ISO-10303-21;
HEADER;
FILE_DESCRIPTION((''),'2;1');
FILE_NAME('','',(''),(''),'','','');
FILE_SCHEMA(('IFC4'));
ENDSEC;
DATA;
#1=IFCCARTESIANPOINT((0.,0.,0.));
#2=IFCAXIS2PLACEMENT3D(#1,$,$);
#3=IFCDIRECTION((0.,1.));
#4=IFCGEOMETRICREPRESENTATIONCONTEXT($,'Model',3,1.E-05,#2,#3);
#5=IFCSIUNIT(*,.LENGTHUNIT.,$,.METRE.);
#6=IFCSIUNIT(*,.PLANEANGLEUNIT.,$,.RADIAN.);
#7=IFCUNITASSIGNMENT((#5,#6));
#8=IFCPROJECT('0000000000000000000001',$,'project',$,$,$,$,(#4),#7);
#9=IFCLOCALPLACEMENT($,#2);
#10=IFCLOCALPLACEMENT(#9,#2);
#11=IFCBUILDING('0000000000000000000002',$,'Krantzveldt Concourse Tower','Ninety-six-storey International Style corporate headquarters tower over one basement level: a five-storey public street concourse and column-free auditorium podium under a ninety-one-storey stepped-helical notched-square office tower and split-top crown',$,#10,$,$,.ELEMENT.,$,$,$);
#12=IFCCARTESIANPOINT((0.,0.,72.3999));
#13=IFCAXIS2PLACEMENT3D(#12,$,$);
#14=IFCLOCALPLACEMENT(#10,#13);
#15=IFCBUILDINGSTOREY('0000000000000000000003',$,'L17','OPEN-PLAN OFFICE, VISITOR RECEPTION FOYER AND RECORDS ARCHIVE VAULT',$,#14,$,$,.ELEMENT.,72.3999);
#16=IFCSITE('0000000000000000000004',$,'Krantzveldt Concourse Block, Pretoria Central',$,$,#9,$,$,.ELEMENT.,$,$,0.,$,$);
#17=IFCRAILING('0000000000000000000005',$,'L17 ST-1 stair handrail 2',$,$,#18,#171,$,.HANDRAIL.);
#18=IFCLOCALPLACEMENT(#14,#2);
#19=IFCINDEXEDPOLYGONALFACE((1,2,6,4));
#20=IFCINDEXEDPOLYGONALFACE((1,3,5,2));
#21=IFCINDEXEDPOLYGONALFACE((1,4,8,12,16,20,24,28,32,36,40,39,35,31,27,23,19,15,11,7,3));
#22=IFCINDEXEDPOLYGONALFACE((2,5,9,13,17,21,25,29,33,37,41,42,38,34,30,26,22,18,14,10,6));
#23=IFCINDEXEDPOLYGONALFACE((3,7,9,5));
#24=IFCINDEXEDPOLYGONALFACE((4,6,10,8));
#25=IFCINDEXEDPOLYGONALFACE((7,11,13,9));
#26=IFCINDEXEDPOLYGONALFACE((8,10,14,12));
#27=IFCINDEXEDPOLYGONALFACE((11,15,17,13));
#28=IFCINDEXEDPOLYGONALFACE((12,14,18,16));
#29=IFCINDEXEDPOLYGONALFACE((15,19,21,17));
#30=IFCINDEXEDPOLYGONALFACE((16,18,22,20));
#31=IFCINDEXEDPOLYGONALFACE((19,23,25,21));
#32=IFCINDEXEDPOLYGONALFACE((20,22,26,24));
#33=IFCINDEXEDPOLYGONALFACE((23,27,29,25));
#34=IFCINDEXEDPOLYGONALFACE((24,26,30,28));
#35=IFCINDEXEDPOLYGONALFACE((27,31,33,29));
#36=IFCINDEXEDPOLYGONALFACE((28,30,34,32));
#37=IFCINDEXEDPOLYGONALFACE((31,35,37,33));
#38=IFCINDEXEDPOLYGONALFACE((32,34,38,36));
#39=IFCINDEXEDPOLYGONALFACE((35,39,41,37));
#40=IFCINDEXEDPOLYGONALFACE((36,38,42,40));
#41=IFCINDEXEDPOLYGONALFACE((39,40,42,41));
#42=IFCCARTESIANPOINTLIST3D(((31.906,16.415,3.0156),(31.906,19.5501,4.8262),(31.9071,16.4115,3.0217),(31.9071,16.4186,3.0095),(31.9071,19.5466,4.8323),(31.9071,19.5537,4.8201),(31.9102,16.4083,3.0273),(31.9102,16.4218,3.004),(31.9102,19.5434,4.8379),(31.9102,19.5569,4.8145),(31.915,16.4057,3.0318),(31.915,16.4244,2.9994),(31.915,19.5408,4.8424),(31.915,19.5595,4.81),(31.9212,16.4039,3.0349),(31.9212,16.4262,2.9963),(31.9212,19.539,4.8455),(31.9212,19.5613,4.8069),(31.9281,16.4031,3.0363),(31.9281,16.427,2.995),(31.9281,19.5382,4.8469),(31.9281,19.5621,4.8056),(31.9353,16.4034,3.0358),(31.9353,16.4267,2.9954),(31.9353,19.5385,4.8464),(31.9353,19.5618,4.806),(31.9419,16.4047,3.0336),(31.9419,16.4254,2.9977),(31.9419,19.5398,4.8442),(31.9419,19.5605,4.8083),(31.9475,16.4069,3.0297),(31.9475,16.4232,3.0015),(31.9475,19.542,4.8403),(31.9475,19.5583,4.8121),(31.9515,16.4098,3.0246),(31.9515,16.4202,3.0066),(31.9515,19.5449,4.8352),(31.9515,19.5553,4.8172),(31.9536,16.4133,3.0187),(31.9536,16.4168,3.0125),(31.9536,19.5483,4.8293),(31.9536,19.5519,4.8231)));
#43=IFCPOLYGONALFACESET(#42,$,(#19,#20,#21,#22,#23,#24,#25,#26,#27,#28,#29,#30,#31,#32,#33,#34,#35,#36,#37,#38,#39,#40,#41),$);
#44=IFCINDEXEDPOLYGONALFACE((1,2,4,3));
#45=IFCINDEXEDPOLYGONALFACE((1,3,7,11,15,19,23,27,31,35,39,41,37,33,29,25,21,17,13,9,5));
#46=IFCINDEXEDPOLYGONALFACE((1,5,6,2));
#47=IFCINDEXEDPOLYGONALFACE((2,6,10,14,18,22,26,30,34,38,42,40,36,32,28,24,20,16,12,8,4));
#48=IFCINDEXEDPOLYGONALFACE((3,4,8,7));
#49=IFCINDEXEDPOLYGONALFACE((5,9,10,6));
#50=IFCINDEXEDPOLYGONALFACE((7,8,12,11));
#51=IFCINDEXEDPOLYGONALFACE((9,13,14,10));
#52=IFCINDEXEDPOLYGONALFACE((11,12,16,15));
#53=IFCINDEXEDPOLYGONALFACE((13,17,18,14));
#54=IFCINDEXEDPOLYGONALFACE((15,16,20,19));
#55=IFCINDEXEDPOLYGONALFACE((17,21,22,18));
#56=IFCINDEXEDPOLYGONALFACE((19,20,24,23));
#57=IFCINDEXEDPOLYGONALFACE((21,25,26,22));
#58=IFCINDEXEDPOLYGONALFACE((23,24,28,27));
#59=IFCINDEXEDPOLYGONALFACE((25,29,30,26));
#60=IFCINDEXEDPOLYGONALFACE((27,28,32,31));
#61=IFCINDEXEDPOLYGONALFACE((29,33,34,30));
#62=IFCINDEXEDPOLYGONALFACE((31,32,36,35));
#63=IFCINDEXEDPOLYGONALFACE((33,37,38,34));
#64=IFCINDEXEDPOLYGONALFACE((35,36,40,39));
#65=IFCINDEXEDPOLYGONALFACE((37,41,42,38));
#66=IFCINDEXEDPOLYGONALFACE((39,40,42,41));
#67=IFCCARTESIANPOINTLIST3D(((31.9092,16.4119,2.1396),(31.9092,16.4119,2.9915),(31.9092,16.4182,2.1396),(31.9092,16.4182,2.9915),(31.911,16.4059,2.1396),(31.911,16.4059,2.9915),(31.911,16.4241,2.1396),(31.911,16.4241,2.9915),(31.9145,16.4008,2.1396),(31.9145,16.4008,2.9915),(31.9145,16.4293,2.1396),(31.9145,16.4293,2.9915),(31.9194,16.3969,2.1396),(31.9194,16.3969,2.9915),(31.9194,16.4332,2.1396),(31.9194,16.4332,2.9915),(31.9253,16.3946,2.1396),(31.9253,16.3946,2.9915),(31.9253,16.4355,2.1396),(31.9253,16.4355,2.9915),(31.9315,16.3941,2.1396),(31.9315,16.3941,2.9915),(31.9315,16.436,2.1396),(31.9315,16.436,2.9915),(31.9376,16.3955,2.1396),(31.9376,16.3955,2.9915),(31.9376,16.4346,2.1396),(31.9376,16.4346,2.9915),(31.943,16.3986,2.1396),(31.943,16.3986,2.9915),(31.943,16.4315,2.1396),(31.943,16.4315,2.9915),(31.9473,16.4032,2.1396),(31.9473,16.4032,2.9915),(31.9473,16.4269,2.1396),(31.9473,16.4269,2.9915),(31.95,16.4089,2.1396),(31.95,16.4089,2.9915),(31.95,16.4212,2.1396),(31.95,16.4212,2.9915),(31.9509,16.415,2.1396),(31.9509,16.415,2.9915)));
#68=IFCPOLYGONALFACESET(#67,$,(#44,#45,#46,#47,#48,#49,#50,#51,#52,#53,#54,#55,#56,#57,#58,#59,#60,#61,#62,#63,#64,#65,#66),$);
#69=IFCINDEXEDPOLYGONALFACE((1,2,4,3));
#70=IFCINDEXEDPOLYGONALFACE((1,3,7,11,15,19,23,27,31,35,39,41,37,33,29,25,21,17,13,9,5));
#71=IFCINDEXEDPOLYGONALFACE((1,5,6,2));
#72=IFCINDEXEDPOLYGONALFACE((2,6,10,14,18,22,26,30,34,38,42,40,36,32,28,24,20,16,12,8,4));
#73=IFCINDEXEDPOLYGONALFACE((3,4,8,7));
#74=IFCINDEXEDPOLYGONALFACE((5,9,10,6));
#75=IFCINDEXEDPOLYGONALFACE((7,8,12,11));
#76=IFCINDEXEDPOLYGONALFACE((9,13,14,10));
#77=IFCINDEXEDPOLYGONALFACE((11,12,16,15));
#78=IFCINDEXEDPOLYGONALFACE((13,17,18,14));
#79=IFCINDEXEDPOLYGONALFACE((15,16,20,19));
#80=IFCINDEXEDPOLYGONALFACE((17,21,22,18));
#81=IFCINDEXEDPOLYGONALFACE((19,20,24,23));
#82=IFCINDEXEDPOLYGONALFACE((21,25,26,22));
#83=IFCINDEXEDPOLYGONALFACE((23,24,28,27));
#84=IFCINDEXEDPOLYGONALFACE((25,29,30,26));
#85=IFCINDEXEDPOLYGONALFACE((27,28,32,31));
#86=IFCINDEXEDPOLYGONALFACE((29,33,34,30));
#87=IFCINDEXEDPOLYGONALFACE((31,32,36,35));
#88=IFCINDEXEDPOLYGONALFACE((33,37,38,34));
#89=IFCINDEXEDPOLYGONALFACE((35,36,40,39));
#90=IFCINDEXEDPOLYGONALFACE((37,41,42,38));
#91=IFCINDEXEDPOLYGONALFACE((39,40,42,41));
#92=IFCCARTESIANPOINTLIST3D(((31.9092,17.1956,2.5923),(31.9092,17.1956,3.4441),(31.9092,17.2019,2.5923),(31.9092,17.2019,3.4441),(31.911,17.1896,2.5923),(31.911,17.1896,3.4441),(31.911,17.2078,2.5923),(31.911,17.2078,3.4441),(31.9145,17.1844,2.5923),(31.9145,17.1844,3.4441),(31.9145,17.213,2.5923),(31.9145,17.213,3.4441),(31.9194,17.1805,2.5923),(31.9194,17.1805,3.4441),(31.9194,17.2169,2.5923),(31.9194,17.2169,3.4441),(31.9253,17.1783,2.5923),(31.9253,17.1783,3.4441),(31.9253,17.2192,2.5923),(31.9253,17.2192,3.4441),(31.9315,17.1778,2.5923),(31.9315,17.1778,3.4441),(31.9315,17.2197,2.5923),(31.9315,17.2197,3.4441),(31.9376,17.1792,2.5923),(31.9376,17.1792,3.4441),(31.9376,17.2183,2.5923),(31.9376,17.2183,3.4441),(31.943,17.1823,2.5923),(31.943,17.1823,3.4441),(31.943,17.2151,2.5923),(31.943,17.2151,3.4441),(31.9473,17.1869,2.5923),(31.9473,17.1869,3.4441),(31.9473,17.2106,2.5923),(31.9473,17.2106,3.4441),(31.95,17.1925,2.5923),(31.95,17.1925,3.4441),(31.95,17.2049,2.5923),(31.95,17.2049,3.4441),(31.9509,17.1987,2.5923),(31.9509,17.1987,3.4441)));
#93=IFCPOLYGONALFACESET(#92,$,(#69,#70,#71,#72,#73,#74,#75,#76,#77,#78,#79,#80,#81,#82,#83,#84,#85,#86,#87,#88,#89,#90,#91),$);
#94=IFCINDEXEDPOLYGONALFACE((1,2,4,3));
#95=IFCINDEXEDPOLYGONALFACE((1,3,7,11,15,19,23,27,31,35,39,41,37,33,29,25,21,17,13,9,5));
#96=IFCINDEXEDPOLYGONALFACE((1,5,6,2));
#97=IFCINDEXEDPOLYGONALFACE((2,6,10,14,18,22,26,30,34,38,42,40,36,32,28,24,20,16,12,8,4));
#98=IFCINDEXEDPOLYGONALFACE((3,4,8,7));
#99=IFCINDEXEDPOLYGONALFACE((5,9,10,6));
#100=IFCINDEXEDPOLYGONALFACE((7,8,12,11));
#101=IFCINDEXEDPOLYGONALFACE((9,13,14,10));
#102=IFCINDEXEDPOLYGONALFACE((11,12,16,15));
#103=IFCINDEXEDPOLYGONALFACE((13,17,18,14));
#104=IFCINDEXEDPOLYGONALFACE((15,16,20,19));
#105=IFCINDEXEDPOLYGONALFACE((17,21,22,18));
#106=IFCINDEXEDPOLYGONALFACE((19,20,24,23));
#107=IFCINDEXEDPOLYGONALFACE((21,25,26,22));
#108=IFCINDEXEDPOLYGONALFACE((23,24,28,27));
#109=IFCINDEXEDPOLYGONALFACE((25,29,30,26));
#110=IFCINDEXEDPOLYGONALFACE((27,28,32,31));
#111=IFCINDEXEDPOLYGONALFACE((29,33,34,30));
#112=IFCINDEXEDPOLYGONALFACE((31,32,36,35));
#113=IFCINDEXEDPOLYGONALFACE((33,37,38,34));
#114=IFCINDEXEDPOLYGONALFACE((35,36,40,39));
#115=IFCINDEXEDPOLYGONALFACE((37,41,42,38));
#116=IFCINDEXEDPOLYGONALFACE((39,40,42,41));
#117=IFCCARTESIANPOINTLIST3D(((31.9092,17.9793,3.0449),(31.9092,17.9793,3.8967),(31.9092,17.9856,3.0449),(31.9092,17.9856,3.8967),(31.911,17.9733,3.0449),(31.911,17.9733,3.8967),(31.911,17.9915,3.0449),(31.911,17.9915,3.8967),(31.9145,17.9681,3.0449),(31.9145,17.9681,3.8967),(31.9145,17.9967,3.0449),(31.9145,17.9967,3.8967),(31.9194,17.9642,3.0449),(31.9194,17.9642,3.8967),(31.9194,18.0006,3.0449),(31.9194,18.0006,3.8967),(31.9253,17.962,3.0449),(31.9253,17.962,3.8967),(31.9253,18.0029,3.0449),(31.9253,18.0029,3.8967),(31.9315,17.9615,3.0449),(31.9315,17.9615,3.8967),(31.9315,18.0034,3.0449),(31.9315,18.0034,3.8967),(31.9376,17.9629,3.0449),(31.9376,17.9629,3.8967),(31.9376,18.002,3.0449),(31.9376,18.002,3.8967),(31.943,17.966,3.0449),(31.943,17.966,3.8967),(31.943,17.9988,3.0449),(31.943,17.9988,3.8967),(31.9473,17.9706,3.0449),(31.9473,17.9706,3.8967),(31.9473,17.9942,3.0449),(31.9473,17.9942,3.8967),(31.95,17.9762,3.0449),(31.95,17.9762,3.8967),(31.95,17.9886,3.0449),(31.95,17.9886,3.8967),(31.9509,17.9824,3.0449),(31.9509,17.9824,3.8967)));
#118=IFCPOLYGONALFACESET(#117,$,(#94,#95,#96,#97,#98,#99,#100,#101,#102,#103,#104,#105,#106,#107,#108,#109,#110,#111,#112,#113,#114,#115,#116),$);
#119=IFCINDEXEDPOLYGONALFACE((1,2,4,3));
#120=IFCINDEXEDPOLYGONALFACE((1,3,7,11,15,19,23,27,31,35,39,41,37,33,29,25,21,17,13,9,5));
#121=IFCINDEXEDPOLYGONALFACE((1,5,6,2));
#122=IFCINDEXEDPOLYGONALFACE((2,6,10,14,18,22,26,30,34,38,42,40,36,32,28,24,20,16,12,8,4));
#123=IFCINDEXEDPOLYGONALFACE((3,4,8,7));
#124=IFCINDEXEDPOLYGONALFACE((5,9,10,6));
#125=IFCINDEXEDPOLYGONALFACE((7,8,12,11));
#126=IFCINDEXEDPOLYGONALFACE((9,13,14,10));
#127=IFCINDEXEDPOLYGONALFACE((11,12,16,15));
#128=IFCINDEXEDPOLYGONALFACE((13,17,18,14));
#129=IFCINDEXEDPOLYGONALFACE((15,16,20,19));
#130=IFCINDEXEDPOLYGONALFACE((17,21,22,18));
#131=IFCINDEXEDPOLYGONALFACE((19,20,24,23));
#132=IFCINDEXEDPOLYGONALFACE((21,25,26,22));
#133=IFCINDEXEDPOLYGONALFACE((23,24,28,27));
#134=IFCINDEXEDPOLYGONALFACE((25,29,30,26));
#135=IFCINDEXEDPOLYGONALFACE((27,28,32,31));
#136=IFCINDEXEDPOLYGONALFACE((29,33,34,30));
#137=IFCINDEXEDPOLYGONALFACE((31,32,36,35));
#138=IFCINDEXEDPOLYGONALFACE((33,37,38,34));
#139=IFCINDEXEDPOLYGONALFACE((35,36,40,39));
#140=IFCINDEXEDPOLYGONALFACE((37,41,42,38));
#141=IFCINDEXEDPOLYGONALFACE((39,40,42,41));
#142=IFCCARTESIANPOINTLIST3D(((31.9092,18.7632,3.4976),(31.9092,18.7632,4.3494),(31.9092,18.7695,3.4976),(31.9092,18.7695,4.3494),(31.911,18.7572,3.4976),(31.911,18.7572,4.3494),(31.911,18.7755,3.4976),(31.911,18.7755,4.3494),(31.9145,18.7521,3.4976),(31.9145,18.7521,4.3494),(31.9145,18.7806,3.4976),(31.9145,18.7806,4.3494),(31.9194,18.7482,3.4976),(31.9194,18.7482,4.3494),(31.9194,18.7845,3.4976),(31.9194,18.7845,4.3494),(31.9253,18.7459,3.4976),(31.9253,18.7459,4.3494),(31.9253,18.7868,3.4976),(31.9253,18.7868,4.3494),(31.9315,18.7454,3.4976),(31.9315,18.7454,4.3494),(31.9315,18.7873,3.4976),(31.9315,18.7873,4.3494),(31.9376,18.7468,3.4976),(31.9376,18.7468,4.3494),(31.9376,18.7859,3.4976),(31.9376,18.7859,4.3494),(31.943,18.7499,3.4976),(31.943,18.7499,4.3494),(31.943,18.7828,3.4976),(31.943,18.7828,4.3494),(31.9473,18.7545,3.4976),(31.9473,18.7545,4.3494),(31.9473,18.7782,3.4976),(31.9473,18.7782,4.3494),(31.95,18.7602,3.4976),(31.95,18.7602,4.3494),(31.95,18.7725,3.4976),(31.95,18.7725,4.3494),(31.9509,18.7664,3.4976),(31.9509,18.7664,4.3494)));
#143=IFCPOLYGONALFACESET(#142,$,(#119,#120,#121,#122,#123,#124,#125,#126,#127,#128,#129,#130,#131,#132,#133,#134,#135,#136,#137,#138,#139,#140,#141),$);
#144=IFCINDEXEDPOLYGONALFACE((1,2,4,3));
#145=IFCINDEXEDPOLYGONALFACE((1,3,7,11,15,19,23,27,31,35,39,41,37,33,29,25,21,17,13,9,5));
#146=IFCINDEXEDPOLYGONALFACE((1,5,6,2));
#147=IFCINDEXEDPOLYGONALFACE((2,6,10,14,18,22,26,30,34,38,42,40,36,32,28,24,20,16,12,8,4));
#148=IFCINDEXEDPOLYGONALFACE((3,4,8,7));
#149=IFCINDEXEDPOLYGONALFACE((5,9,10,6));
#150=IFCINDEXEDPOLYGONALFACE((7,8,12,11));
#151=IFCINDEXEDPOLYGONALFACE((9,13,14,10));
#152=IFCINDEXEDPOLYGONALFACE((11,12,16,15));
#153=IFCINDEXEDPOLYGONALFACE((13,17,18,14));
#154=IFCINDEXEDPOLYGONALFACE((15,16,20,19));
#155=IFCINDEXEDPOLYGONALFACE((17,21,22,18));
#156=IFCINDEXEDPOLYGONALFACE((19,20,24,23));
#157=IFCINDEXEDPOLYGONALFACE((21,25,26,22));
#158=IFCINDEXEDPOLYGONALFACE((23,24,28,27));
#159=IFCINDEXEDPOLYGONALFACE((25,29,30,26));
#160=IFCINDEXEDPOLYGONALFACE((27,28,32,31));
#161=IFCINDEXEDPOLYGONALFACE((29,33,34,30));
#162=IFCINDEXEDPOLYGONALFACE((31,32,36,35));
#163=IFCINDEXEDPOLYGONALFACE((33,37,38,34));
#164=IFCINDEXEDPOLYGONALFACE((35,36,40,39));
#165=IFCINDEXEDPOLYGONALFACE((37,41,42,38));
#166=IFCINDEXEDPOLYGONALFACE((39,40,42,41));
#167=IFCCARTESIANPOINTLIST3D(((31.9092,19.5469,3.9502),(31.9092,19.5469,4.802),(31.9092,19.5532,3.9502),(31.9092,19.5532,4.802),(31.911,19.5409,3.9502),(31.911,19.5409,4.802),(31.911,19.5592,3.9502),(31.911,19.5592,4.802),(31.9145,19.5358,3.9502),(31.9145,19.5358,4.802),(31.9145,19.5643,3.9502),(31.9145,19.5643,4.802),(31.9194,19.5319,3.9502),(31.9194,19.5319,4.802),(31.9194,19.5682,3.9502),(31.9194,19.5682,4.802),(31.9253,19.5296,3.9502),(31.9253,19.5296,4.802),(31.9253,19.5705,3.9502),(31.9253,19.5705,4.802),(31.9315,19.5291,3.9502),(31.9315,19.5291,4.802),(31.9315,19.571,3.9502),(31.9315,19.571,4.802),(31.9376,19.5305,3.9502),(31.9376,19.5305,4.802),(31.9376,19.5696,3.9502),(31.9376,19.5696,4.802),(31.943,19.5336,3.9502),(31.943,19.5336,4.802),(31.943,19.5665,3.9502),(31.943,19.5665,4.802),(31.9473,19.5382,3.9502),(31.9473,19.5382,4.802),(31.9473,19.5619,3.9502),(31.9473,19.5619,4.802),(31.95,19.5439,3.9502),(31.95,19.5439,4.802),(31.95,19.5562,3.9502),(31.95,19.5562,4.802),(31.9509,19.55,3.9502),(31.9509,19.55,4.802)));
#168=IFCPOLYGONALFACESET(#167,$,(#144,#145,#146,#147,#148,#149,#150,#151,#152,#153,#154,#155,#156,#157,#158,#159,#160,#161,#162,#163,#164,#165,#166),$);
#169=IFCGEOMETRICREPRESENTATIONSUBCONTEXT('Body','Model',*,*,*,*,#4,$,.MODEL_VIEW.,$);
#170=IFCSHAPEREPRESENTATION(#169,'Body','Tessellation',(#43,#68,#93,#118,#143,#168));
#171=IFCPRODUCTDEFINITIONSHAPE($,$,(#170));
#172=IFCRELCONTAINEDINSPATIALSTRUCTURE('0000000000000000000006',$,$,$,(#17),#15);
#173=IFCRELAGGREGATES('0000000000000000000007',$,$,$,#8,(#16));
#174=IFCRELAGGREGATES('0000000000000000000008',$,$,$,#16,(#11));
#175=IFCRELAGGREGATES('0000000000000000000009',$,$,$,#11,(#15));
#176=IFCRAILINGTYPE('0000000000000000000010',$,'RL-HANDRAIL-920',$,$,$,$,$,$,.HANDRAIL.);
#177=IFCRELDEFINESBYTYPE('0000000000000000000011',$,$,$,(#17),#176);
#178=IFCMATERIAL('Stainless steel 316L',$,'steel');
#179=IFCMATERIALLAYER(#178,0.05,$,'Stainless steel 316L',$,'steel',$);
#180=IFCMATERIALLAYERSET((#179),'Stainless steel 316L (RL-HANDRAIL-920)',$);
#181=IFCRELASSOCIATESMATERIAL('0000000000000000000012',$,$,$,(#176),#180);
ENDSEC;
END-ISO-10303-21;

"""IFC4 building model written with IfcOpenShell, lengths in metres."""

from ifc_helpers import new_model, si_unit, direction, frame, origin, origin_2d, place, context, subcontext, project, spatial, circle, extrude, material, layer, layer_set, type_object, element, save


model = new_model("IFC4")

# Units and contexts
model_context = context("Model", 3, precision=1e-05, world=origin(), true_north=direction((0.0, 1.0)))
body_context = subcontext(model_context, "Body", "Model", "MODEL_VIEW")
ifc_project = project(units=[si_unit("LENGTHUNIT", "METRE"), si_unit("PLANEANGLEUNIT", "RADIAN")], contexts=[model_context])

# Site, building, storey
site_placement = place(None, origin())
site = spatial("IfcSite", under=ifc_project, at=site_placement, Name="Krantzveldt Concourse Block, Pretoria Central", CompositionType="ELEMENT", RefElevation=0.0)
building_placement = place(site_placement, origin())
building = spatial("IfcBuilding", under=site, at=building_placement, Name="Krantzveldt Concourse Tower", Description="Ninety-six-storey International Style corporate headquarters tower over one basement level: a five-storey public street concourse and column-free auditorium podium under a ninety-one-storey stepped-helical notched-square office tower and split-top crown", CompositionType="ELEMENT")
storey_placement = place(building_placement, frame((0.0, 0.0, 72.3999)))
storey = spatial("IfcBuildingStorey", under=building, at=storey_placement, Name="L17", Description="OPEN-PLAN OFFICE, VISITOR RECEPTION FOYER AND RECORDS ARCHIVE VAULT", CompositionType="ELEMENT", Elevation=72.3999)

# Railing
ifc_material_1 = material(Name="Stainless steel 316L", Category="steel")
ifc_layer_1 = layer(ifc_material_1, 0.05, Name="Stainless steel 316L", Category="steel")
ifc_layer_set_1 = layer_set([ifc_layer_1], Name="Stainless steel 316L (RL-HANDRAIL-920)")
railing_type_1 = type_object("IfcRailingType", Name="RL-HANDRAIL-920", PredefinedType="HANDRAIL", material=ifc_layer_set_1)
railing_1_placement = place(storey_placement, frame((31.9299, 16.415, 2.1396)))
element("IfcRailing", 1, at=railing_1_placement, inside=storey, type_object=railing_type_1, Name="L17 ST-1 stair handrail 2", PredefinedType="HANDRAIL", context=body_context, shape_type="SweptSolid", body=[
    extrude(circle(Radius=0.0239, at=origin_2d()), frame((0.0, 0.0, 0.876), z_axis=(0.0, 0.86596, 0.500114), x_axis=(-1.0, 0.0, 0.0)), (0.0, 0.0, 1.0), 3.6204),
    extrude(circle(Radius=0.021, at=origin_2d()), origin(), (0.0, 0.0, 1.0), 0.8518),
    extrude(circle(Radius=0.021, at=origin_2d()), frame((0.0, 0.7837, 0.4526)), (0.0, 0.0, 1.0), 0.8518),
    extrude(circle(Radius=0.021, at=origin_2d()), frame((0.0, 1.5674, 0.9053)), (0.0, 0.0, 1.0), 0.8518),
    extrude(circle(Radius=0.021, at=origin_2d()), frame((0.0, 2.3513, 1.3579)), (0.0, 0.0, 1.0), 0.8518),
    extrude(circle(Radius=0.021, at=origin_2d()), frame((0.0, 3.135, 1.8105)), (0.0, 0.0, 1.0), 0.8518),
])

save(model, "model.ifc")
